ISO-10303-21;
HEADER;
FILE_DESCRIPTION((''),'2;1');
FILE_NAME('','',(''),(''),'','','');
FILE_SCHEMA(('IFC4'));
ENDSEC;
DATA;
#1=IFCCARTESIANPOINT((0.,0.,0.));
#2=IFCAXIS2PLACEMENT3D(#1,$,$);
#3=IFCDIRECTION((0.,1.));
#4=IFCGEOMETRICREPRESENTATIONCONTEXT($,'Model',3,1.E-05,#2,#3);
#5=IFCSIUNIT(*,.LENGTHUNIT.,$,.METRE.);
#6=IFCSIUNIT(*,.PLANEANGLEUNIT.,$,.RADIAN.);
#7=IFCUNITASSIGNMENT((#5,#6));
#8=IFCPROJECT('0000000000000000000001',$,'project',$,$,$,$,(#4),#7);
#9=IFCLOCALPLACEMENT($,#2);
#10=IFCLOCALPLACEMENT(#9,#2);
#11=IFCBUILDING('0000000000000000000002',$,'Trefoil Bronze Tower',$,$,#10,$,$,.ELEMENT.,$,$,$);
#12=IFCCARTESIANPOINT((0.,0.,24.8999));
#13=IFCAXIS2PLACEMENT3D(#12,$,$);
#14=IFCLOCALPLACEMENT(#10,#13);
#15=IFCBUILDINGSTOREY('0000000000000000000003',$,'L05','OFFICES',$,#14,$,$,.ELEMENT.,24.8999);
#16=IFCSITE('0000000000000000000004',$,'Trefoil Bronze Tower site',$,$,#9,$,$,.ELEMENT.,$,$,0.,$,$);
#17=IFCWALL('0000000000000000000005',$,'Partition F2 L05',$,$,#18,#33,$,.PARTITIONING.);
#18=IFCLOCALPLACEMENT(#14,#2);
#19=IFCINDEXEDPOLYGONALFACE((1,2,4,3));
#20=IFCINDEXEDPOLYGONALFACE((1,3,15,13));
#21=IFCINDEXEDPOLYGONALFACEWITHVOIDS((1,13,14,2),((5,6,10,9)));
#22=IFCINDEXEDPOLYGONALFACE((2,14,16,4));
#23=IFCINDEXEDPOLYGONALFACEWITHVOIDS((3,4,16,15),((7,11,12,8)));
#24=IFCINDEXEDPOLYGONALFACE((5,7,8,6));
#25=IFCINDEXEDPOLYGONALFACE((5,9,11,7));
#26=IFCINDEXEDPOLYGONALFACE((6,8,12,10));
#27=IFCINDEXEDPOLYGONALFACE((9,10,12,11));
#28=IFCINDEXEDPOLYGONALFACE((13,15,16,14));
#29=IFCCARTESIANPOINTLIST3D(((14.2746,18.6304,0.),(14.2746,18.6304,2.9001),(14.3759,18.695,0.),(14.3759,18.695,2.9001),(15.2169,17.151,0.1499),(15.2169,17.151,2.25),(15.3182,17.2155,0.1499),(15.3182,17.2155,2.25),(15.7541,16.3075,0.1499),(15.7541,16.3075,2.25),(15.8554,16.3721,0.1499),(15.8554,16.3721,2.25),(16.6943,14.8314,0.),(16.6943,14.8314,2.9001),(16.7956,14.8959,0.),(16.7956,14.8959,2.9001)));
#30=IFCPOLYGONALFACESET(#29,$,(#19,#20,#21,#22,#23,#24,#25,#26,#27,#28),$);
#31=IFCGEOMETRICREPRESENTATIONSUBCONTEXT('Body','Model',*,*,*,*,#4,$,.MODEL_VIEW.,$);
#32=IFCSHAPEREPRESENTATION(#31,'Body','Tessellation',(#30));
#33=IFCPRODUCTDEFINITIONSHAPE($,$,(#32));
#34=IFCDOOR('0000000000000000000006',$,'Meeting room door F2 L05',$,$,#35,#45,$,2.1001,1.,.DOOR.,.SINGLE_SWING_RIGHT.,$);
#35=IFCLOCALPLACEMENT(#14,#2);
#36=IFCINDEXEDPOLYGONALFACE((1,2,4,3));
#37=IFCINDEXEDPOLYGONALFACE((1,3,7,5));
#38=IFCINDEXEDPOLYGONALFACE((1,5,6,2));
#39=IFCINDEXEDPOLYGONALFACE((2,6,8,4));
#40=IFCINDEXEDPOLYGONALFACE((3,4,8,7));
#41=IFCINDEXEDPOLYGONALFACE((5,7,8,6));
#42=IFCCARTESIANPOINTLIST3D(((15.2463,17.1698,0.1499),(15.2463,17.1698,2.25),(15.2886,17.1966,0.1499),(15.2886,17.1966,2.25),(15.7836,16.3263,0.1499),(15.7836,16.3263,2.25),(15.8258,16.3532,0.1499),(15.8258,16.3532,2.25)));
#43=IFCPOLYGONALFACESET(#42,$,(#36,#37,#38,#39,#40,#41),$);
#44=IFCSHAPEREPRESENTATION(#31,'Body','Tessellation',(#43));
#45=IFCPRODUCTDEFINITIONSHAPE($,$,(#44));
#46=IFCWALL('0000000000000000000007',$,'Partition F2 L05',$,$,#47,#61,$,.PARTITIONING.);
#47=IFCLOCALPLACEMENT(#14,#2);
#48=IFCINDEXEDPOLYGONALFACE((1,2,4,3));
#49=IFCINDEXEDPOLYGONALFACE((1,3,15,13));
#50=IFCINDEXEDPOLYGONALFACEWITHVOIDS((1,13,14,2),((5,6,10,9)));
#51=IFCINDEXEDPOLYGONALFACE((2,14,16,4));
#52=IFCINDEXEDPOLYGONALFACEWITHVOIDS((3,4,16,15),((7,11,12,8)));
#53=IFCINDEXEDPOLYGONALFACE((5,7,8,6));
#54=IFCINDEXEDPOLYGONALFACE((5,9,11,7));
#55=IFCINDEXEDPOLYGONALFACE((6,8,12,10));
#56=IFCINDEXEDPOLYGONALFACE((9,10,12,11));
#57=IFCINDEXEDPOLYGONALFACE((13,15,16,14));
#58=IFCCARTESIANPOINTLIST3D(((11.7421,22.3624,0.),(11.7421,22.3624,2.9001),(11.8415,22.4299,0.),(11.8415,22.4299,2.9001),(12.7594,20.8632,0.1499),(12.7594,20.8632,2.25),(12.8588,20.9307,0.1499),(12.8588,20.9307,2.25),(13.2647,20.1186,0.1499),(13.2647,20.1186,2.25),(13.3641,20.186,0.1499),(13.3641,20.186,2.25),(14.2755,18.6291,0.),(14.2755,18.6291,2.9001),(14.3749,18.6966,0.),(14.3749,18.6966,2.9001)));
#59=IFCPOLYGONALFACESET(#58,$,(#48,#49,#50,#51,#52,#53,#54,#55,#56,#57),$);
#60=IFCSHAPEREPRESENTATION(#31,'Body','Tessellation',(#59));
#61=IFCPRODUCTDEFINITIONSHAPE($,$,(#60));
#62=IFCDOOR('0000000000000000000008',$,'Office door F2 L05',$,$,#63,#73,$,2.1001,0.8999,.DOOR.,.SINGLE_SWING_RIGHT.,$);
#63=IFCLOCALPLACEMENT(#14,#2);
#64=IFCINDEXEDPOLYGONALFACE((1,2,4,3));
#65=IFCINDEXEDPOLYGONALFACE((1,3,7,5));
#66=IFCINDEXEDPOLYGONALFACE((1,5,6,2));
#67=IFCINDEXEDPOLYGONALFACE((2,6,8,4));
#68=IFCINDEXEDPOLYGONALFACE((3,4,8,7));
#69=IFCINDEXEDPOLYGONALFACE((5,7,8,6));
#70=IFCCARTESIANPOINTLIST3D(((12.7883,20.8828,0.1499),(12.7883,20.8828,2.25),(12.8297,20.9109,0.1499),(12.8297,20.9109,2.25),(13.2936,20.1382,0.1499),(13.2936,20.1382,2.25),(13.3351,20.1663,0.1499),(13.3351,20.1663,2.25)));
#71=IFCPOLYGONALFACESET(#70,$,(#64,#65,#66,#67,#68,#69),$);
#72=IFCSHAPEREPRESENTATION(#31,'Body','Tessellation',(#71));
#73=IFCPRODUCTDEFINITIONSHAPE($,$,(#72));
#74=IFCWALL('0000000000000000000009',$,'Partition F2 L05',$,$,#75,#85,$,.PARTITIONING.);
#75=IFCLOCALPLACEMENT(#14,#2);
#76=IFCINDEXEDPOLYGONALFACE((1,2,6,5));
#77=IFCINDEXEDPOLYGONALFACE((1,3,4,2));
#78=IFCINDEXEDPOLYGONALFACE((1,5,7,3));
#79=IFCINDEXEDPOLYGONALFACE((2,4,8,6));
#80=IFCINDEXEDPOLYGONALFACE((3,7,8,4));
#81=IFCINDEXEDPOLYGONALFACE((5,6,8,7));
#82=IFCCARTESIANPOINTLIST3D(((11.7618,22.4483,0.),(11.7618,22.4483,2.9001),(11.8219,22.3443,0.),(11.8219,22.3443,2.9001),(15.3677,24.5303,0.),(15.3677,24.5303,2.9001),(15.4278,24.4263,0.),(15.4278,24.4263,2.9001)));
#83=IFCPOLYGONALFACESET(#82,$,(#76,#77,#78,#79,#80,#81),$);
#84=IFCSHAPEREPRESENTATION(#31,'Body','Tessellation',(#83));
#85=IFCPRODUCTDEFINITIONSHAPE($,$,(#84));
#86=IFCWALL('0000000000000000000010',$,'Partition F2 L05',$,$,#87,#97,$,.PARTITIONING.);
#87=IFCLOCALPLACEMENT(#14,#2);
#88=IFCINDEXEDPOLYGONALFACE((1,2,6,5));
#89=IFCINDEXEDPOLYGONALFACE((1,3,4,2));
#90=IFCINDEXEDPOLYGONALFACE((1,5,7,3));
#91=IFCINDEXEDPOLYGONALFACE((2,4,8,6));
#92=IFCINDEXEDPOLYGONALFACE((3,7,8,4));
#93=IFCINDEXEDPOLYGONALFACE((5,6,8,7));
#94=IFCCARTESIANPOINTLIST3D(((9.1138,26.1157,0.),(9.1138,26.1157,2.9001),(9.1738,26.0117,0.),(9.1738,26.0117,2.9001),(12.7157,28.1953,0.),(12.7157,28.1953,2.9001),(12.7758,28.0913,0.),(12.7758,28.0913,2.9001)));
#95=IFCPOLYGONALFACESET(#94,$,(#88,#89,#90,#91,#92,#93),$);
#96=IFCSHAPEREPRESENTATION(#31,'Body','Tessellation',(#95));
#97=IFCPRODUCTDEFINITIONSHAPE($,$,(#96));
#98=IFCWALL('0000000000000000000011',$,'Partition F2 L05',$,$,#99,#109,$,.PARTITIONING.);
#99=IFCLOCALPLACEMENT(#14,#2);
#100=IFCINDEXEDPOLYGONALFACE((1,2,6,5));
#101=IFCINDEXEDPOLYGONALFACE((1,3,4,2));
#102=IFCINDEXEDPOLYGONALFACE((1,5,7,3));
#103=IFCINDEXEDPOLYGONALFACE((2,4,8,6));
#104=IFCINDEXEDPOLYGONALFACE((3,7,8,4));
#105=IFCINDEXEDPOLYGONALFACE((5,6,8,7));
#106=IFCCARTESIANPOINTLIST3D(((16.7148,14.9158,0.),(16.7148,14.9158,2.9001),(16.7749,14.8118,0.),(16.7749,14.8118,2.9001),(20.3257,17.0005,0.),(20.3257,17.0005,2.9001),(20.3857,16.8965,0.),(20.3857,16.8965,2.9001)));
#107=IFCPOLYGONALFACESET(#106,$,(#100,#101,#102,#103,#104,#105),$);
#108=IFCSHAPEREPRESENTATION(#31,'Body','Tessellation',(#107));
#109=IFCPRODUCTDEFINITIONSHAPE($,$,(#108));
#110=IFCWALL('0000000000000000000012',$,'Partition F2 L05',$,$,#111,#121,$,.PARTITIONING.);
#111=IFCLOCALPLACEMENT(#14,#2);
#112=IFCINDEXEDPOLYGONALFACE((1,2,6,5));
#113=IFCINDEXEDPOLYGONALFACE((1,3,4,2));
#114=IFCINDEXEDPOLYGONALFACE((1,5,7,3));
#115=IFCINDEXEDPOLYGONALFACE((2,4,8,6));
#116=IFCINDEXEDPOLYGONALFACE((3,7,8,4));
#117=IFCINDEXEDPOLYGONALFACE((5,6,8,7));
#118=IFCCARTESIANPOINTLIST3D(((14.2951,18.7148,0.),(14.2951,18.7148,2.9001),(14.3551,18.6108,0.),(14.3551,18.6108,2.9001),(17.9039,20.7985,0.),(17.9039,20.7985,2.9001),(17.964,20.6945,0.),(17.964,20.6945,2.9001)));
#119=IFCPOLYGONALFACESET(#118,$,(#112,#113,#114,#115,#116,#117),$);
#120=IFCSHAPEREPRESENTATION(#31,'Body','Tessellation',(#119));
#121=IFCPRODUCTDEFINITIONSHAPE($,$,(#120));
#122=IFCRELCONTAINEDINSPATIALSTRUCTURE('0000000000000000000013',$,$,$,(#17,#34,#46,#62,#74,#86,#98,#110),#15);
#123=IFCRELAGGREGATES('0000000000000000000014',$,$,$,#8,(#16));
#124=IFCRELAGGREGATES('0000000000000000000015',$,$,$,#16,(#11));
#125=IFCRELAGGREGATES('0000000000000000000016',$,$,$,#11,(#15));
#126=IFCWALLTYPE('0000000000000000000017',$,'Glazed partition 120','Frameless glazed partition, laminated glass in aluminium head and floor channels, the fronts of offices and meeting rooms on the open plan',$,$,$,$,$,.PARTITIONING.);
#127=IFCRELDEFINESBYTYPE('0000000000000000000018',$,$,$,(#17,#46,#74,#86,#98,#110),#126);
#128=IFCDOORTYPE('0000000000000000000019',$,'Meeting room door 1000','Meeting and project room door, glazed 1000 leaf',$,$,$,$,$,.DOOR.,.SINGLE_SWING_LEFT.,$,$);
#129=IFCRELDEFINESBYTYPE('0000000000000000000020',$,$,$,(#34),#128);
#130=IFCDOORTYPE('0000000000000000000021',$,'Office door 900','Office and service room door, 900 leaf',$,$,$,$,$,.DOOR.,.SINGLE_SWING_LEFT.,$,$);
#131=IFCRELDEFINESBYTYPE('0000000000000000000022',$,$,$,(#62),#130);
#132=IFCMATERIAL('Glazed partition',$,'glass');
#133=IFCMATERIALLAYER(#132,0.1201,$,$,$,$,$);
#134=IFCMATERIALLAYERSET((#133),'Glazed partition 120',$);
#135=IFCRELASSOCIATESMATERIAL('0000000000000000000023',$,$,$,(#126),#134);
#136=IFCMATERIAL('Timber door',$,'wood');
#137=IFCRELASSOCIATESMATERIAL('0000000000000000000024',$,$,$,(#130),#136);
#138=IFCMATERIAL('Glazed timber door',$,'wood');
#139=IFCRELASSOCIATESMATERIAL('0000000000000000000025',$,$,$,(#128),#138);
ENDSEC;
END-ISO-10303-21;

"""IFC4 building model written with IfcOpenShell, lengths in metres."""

from ifc_helpers import new_model, si_unit, direction, frame, frame_2d, origin, place, context, subcontext, project, spatial, rectangle, extrude, material, layer, layer_set, type_object, element, fill, save


model = new_model("IFC4")

# Units and contexts
model_context = context("Model", 3, precision=1e-05, world=origin(), true_north=direction((0.0, 1.0)))
body_context = subcontext(model_context, "Body", "Model", "MODEL_VIEW")
ifc_project = project(units=[si_unit("LENGTHUNIT", "METRE"), si_unit("PLANEANGLEUNIT", "RADIAN")], contexts=[model_context])

# Site, building, storey
site_placement = place(None, origin())
site = spatial("IfcSite", under=ifc_project, at=site_placement, Name="Trefoil Bronze Tower site", CompositionType="ELEMENT", RefElevation=0.0)
building_placement = place(site_placement, origin())
building = spatial("IfcBuilding", under=site, at=building_placement, Name="Trefoil Bronze Tower", CompositionType="ELEMENT")
storey_placement = place(building_placement, frame((0.0, 0.0, 24.8999)))
storey = spatial("IfcBuildingStorey", under=building, at=storey_placement, Name="L05", Description="OFFICES", CompositionType="ELEMENT", Elevation=24.8999)

# Shared definitions
ifc_material_1 = material(Name="Glazed partition", Category="glass")
ifc_layer_1 = layer(ifc_material_1, 0.1201)
ifc_layer_set_1 = layer_set([ifc_layer_1], Name="Glazed partition 120")
wall_type_1 = type_object("IfcWallType", Name="Glazed partition 120", Description="Frameless glazed partition, laminated glass in aluminium head and floor channels, the fronts of offices and meeting rooms on the open plan", PredefinedType="PARTITIONING", material=ifc_layer_set_1)
ifc_material_2 = material(Name="Timber door", Category="wood")
door_type_1 = type_object("IfcDoorType", Name="Office door 900", Description="Office and service room door, 900 leaf", OperationType="SINGLE_SWING_LEFT", PredefinedType="DOOR", material=ifc_material_2)

# Walls, openings, doors
wall_1_placement = place(storey_placement, frame((16.7449, 14.8638, 0.0), z_axis=(0.0, 0.0, 1.0), x_axis=(-0.537205, 0.843452, 0.0)))
wall_1 = element("IfcWall", 1, at=wall_1_placement, inside=storey, type_object=wall_type_1, Name="Partition F2 L05", PredefinedType="PARTITIONING", context=body_context, shape_type="SweptSolid", body=[
    extrude(rectangle(XDim=4.5042, YDim=0.1201, at=frame_2d((2.252, 0.0))), origin(), (0.0, 0.0, 1.0), 2.9001),
])
opening_1_placement = place(wall_1_placement, frame((1.75, 0.0, 0.1499)))
opening_1 = element("IfcOpeningElement", 2, at=opening_1_placement, cuts=wall_1, PredefinedType="OPENING", context=body_context, shape_type="SweptSolid", body=[
    extrude(rectangle(XDim=1.0, YDim=2.1001, at=frame_2d((0.5, 1.05))), frame((0.0, 0.0701, 0.0), z_axis=(0.0, -1.0, 0.0), x_axis=(1.0, 0.0, 0.0)), (0.0, 0.0, 1.0), 0.1401),
])
ifc_material_3 = material(Name="Glazed timber door", Category="wood")
door_type_2 = type_object("IfcDoorType", Name="Meeting room door 1000", Description="Meeting and project room door, glazed 1000 leaf", OperationType="SINGLE_SWING_LEFT", PredefinedType="DOOR", material=ifc_material_3)
door_1_placement = place(opening_1_placement, frame((1.0, 0.0, 0.0), z_axis=(0.0, 0.0, 1.0), x_axis=(-1.0, 0.0, 0.0)))
door_1 = element("IfcDoor", 3, at=door_1_placement, inside=storey, type_object=door_type_2, Name="Meeting room door F2 L05", OperationType="SINGLE_SWING_RIGHT", OverallHeight=2.1001, OverallWidth=1.0, PredefinedType="DOOR", context=body_context, shape_type="SweptSolid", body=[
    extrude(rectangle(XDim=1.0, YDim=2.1001, at=frame_2d((0.5, 1.05))), frame((0.0, 0.0249, 0.0), z_axis=(0.0, -1.0, 0.0), x_axis=(1.0, 0.0, 0.0)), (0.0, 0.0, 1.0), 0.05),
])
fill(opening_1, door_1)
wall_2_placement = place(storey_placement, frame((14.3252, 18.6628, 0.0), z_axis=(0.0, 0.0, 1.0), x_axis=(-0.561512, 0.827469, 0.0)))
wall_2 = element("IfcWall", 4, at=wall_2_placement, inside=storey, type_object=wall_type_1, Name="Partition F2 L05", PredefinedType="PARTITIONING", context=body_context, shape_type="SweptSolid", body=[
    extrude(rectangle(XDim=4.5117, YDim=0.1201, at=frame_2d((2.2559, 0.0))), origin(), (0.0, 0.0, 1.0), 2.9001),
])
opening_2_placement = place(wall_2_placement, frame((1.8, 0.0, 0.1499)))
opening_2 = element("IfcOpeningElement", 5, at=opening_2_placement, cuts=wall_2, PredefinedType="OPENING", context=body_context, shape_type="SweptSolid", body=[
    extrude(rectangle(XDim=0.8999, YDim=2.1001, at=frame_2d((0.45, 1.05))), frame((0.0, 0.0701, 0.0), z_axis=(0.0, -1.0, 0.0), x_axis=(1.0, 0.0, 0.0)), (0.0, 0.0, 1.0), 0.1401),
])
door_2_placement = place(opening_2_placement, frame((0.8999, 0.0, 0.0), z_axis=(0.0, 0.0, 1.0), x_axis=(-1.0, 0.0, 0.0)))
door_2 = element("IfcDoor", 6, at=door_2_placement, inside=storey, type_object=door_type_1, Name="Office door F2 L05", OperationType="SINGLE_SWING_RIGHT", OverallHeight=2.1001, OverallWidth=0.8999, PredefinedType="DOOR", context=body_context, shape_type="SweptSolid", body=[
    extrude(rectangle(XDim=0.8999, YDim=2.1001, at=frame_2d((0.45, 1.05))), frame((0.0, 0.0249, 0.0), z_axis=(0.0, -1.0, 0.0), x_axis=(1.0, 0.0, 0.0)), (0.0, 0.0, 1.0), 0.05),
])
fill(opening_2, door_2)

# Walls
wall_3_placement = place(storey_placement, frame((11.7917, 22.3962, 0.0), z_axis=(0.0, 0.0, 1.0), x_axis=(0.866012, 0.500024, 0.0)))
element("IfcWall", 7, at=wall_3_placement, inside=storey, type_object=wall_type_1, Name="Partition F2 L05", PredefinedType="PARTITIONING", context=body_context, shape_type="SweptSolid", body=[
    extrude(rectangle(XDim=4.1638, YDim=0.1201, at=frame_2d((2.082, 0.0))), origin(), (0.0, 0.0, 1.0), 2.9001),
])
wall_4_placement = place(storey_placement, frame((9.1438, 26.0637, 0.0), z_axis=(0.0, 0.0, 1.0), x_axis=(0.866031, 0.49999, 0.0)))
element("IfcWall", 8, at=wall_4_placement, inside=storey, type_object=wall_type_1, Name="Partition F2 L05", PredefinedType="PARTITIONING", context=body_context, shape_type="SweptSolid", body=[
    extrude(rectangle(XDim=4.1592, YDim=0.1201, at=frame_2d((2.0796, 0.0))), origin(), (0.0, 0.0, 1.0), 2.9001),
])
wall_5_placement = place(storey_placement, frame((16.7449, 14.8638, 0.0), z_axis=(0.0, 0.0, 1.0), x_axis=(0.866026, 0.5, 0.0)))
element("IfcWall", 9, at=wall_5_placement, inside=storey, type_object=wall_type_1, Name="Partition F2 L05", PredefinedType="PARTITIONING", context=body_context, shape_type="SweptSolid", body=[
    extrude(rectangle(XDim=4.1694, YDim=0.1201, at=frame_2d((2.0847, 0.0))), origin(), (0.0, 0.0, 1.0), 2.9001),
])
wall_6_placement = place(storey_placement, frame((14.3252, 18.6628, 0.0), z_axis=(0.0, 0.0, 1.0), x_axis=(0.86601, 0.500027, 0.0)))
element("IfcWall", 10, at=wall_6_placement, inside=storey, type_object=wall_type_1, Name="Partition F2 L05", PredefinedType="PARTITIONING", context=body_context, shape_type="SweptSolid", body=[
    extrude(rectangle(XDim=4.1672, YDim=0.1201, at=frame_2d((2.0835, 0.0))), origin(), (0.0, 0.0, 1.0), 2.9001),
])

save(model, "model.ifc")
